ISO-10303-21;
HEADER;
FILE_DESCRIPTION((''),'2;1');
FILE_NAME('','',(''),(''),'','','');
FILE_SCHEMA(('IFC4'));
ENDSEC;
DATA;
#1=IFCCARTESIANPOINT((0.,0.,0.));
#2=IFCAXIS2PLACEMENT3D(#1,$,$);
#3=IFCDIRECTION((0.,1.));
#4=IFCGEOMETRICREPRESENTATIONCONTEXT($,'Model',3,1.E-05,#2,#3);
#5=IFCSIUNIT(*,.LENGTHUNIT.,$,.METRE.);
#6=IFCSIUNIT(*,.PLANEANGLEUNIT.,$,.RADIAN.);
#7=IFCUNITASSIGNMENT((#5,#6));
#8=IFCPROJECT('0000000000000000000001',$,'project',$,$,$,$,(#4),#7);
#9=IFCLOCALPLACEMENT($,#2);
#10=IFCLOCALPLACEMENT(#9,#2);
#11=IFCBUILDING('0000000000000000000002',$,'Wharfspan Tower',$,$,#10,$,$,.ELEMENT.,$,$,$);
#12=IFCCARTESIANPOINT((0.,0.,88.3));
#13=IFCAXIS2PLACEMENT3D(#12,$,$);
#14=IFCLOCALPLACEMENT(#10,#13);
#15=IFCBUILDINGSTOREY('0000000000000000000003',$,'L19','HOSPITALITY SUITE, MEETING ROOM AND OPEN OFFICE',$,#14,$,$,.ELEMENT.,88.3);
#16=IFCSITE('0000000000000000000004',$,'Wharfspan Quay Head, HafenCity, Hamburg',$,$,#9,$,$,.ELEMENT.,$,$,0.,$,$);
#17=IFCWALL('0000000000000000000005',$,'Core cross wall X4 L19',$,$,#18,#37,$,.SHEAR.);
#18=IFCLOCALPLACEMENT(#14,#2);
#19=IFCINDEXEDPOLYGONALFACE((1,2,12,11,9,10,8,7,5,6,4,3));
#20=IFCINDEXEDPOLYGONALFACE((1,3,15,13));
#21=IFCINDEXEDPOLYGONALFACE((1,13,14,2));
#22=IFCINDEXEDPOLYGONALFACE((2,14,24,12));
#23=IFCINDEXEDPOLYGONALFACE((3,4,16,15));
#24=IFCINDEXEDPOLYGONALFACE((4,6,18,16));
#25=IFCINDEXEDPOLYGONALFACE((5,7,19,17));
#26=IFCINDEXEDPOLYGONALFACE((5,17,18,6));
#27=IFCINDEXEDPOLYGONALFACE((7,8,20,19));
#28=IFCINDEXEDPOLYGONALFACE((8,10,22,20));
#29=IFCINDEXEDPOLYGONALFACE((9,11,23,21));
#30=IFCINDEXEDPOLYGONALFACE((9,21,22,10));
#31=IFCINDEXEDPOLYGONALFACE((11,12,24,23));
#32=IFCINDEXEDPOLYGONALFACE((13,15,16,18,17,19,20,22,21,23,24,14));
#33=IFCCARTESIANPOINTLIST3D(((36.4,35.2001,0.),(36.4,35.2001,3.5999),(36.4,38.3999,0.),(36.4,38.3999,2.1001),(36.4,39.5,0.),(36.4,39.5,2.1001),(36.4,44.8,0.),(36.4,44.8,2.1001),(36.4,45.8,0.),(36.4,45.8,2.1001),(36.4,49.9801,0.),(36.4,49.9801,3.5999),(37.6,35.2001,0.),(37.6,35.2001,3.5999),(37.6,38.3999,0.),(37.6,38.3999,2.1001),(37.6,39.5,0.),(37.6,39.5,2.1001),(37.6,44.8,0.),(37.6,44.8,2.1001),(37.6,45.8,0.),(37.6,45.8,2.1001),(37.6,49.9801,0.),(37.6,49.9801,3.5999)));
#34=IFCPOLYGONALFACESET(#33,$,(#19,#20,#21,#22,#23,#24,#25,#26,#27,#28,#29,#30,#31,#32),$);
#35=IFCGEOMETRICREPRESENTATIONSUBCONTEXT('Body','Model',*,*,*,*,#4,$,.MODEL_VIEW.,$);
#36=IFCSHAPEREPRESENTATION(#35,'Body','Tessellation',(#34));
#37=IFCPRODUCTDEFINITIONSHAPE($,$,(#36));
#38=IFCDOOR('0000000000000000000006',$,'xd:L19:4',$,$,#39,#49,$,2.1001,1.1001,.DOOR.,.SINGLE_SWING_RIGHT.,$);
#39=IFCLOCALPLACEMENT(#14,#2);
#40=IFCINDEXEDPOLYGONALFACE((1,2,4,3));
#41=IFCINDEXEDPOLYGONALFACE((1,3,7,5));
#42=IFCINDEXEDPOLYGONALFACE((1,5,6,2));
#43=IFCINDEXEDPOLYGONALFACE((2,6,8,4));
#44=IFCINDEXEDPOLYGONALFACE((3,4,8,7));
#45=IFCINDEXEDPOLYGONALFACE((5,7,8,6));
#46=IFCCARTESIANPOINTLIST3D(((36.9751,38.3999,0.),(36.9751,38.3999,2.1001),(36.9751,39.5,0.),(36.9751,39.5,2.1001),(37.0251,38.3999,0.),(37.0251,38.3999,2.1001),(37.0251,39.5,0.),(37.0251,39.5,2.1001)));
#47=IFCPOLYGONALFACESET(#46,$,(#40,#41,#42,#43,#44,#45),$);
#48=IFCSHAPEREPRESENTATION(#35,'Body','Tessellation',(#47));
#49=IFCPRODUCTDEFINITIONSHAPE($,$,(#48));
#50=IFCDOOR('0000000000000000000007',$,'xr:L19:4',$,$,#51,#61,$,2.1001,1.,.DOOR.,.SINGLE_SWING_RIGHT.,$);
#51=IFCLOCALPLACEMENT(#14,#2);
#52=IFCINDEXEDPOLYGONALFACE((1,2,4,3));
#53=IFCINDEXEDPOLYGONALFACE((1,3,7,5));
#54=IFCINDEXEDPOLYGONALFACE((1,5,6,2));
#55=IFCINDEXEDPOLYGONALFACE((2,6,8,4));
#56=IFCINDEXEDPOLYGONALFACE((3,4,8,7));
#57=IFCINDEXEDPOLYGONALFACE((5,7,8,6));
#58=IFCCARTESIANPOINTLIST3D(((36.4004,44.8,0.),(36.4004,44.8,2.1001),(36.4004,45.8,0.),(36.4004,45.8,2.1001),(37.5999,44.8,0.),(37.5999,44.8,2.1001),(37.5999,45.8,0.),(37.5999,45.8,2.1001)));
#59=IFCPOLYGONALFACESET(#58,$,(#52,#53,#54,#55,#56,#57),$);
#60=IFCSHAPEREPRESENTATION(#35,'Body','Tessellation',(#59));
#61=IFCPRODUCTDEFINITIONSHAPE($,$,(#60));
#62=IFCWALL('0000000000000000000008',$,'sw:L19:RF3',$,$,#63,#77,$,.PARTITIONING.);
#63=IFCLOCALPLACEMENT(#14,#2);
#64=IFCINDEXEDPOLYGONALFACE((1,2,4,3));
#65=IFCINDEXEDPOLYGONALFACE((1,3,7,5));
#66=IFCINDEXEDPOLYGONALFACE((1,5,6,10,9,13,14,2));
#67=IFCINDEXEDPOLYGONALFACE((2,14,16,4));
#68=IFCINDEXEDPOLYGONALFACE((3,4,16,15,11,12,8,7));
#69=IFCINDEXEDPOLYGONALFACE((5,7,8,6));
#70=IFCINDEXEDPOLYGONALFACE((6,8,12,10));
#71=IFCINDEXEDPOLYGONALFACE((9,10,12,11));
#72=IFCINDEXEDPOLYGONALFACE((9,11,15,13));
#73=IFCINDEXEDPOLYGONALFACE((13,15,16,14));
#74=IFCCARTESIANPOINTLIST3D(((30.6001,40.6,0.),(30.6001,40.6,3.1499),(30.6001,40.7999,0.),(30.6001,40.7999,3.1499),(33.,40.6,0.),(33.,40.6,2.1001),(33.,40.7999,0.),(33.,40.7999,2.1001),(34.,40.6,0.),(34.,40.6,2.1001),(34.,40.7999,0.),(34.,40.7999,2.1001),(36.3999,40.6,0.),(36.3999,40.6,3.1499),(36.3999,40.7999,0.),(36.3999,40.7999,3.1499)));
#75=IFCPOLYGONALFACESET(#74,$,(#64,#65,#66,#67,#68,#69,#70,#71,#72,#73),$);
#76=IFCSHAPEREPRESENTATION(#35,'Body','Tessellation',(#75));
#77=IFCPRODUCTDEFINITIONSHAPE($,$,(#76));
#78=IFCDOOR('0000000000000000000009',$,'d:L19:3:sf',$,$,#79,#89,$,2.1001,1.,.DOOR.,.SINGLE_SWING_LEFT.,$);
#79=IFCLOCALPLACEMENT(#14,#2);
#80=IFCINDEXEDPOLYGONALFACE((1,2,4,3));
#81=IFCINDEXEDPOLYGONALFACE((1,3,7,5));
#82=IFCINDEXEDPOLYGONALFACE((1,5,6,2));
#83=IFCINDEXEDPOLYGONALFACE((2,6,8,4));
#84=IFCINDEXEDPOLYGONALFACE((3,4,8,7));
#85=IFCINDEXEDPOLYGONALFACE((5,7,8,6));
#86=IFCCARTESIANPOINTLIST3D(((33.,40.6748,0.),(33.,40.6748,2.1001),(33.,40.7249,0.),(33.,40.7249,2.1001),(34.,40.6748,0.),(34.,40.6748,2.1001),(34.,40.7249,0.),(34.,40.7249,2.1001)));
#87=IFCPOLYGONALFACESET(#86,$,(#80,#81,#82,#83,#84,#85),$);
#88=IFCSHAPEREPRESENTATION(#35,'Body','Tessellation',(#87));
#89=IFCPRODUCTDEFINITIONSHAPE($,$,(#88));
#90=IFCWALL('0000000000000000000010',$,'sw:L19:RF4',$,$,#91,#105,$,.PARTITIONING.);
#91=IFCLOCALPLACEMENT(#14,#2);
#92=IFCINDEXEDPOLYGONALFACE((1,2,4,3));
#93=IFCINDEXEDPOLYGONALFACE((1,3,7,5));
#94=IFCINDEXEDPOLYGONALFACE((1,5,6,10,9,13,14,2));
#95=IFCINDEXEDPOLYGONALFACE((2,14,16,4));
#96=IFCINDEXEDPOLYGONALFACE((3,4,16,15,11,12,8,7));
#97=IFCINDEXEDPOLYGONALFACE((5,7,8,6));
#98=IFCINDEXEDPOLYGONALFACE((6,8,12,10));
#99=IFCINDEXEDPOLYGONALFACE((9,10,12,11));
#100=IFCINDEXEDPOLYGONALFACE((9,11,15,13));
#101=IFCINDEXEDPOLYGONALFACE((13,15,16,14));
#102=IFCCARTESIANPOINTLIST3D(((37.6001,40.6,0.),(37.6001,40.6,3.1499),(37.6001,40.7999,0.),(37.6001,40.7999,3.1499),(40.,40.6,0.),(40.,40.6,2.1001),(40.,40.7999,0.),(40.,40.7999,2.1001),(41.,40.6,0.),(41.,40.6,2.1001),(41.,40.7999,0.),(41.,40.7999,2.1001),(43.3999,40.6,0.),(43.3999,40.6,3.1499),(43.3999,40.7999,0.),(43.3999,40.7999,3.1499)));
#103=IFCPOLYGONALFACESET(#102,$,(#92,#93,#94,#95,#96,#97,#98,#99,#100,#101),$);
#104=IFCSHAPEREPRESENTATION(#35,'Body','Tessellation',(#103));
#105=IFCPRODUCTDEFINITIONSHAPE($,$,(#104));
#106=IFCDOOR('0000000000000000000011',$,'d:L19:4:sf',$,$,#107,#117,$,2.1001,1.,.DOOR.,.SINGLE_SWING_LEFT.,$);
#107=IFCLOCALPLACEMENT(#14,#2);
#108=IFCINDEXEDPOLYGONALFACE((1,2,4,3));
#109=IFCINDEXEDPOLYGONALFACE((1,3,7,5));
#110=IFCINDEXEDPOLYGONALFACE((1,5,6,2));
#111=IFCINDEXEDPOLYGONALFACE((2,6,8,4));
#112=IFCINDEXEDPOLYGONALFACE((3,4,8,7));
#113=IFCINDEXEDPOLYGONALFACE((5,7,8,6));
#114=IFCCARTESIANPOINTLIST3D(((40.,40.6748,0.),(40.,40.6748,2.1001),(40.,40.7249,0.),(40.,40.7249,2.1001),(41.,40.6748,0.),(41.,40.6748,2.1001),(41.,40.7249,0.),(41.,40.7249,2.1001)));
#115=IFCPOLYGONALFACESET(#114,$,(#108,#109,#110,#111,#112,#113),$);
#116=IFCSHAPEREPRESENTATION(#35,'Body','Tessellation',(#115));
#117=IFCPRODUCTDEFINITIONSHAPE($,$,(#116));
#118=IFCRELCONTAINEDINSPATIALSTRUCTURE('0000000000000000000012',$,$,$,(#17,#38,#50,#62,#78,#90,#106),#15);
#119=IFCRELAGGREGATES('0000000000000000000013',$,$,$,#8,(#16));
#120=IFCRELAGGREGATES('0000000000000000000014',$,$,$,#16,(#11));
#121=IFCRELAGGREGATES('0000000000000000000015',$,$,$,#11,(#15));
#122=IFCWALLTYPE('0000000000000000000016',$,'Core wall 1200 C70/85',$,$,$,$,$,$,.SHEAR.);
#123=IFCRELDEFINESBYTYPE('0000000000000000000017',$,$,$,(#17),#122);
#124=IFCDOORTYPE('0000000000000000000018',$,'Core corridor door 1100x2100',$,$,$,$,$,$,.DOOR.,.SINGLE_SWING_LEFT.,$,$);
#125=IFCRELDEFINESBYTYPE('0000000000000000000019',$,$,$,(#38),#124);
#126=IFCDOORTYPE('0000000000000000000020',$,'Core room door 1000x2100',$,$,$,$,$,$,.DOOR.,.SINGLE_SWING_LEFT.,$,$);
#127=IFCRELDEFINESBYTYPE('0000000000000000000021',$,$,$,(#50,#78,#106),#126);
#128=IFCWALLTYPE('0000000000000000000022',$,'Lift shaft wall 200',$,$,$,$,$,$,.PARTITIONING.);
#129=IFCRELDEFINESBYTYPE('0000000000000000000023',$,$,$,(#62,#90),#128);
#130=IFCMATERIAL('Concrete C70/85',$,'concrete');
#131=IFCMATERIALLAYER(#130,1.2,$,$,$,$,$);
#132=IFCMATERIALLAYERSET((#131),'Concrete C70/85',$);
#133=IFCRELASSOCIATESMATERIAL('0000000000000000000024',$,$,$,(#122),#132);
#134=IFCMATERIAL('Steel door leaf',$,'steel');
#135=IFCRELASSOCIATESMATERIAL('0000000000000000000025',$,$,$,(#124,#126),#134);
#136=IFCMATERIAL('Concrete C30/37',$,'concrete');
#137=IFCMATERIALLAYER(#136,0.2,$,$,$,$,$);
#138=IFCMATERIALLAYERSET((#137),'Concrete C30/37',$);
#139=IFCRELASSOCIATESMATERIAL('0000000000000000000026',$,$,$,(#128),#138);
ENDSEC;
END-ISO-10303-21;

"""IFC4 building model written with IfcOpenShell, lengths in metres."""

from ifc_helpers import new_model, si_unit, direction, frame, frame_2d, origin, place, context, subcontext, project, spatial, rectangle, extrude, material, layer, layer_set, type_object, element, fill, save


model = new_model("IFC4")

# Units and contexts
model_context = context("Model", 3, precision=1e-05, world=origin(), true_north=direction((0.0, 1.0)))
body_context = subcontext(model_context, "Body", "Model", "MODEL_VIEW")
ifc_project = project(units=[si_unit("LENGTHUNIT", "METRE"), si_unit("PLANEANGLEUNIT", "RADIAN")], contexts=[model_context])

# Site, building, storey
site_placement = place(None, origin())
site = spatial("IfcSite", under=ifc_project, at=site_placement, Name="Wharfspan Quay Head, HafenCity, Hamburg", CompositionType="ELEMENT", RefElevation=0.0)
building_placement = place(site_placement, origin())
building = spatial("IfcBuilding", under=site, at=building_placement, Name="Wharfspan Tower", CompositionType="ELEMENT")
storey_placement = place(building_placement, frame((0.0, 0.0, 88.3)))
storey = spatial("IfcBuildingStorey", under=building, at=storey_placement, Name="L19", Description="HOSPITALITY SUITE, MEETING ROOM AND OPEN OFFICE", CompositionType="ELEMENT", Elevation=88.3)

# Shared definitions
ifc_material_1 = material(Name="Concrete C70/85", Category="concrete")
ifc_layer_1 = layer(ifc_material_1, 1.2)
ifc_layer_set_1 = layer_set([ifc_layer_1], Name="Concrete C70/85")
wall_type_1 = type_object("IfcWallType", Name="Core wall 1200 C70/85", PredefinedType="SHEAR", material=ifc_layer_set_1)
ifc_material_2 = material(Name="Steel door leaf", Category="steel")
door_type_1 = type_object("IfcDoorType", Name="Core corridor door 1100x2100", OperationType="SINGLE_SWING_LEFT", PredefinedType="DOOR", material=ifc_material_2)

# Wall, openings, doors
wall_1_placement = place(storey_placement, frame((37.0, 35.2, 0.0), z_axis=(0.0, 0.0, 1.0), x_axis=(0.0, 1.0, 0.0)))
wall_1 = element("IfcWall", 1, at=wall_1_placement, inside=storey, type_object=wall_type_1, Name="Core cross wall X4 L19", PredefinedType="SHEAR", context=body_context, shape_type="SweptSolid", body=[
    extrude(rectangle(XDim=14.78, YDim=1.2, at=frame_2d((7.3901, 0.0))), origin(), (0.0, 0.0, 1.0), 3.5999),
])
opening_1_placement = place(wall_1_placement, frame((3.2, 0.0, 0.0)))
opening_1 = element("IfcOpeningElement", 2, at=opening_1_placement, cuts=wall_1, PredefinedType="OPENING", context=body_context, shape_type="SweptSolid", body=[
    extrude(rectangle(XDim=1.1001, YDim=2.1001, at=frame_2d((0.55, 1.05))), frame((0.0, 0.6099, 0.0), z_axis=(0.0, -1.0, 0.0), x_axis=(1.0, 0.0, 0.0)), (0.0, 0.0, 1.0), 1.22),
])
opening_2_placement = place(wall_1_placement, frame((9.6001, 0.0, 0.0)))
opening_2 = element("IfcOpeningElement", 3, at=opening_2_placement, cuts=wall_1, PredefinedType="OPENING", context=body_context, shape_type="SweptSolid", body=[
    extrude(rectangle(XDim=1.0, YDim=2.1001, at=frame_2d((0.5, 1.05))), frame((0.0, 0.6099, 0.0), z_axis=(0.0, -1.0, 0.0), x_axis=(1.0, 0.0, 0.0)), (0.0, 0.0, 1.0), 1.22),
])
door_1_placement = place(opening_1_placement, origin())
door_1 = element("IfcDoor", 4, at=door_1_placement, inside=storey, type_object=door_type_1, Name="xd:L19:4", OperationType="SINGLE_SWING_RIGHT", OverallHeight=2.1001, OverallWidth=1.1001, PredefinedType="DOOR", context=body_context, shape_type="SweptSolid", body=[
    extrude(rectangle(XDim=1.1001, YDim=2.1001, at=frame_2d((0.55, 1.05))), frame((0.0, 0.0249, 0.0), z_axis=(0.0, -1.0, 0.0), x_axis=(1.0, 0.0, 0.0)), (0.0, 0.0, 1.0), 0.05),
])
fill(opening_1, door_1)
door_type_2 = type_object("IfcDoorType", Name="Core room door 1000x2100", OperationType="SINGLE_SWING_LEFT", PredefinedType="DOOR", material=ifc_material_2)
door_2_placement = place(opening_2_placement, origin())
door_2 = element("IfcDoor", 5, at=door_2_placement, inside=storey, type_object=door_type_2, Name="xr:L19:4", OperationType="SINGLE_SWING_RIGHT", OverallHeight=2.1001, OverallWidth=1.0, PredefinedType="DOOR", context=body_context, shape_type="SweptSolid", body=[
    extrude(rectangle(XDim=1.0, YDim=2.1001, at=frame_2d((0.5, 1.05))), frame((0.0, 0.5996, 0.0), z_axis=(0.0, -1.0, 0.0), x_axis=(1.0, 0.0, 0.0)), (0.0, 0.0, 1.0), 1.1995),
])
fill(opening_2, door_2)

# Walls, openings, doors
ifc_material_3 = material(Name="Concrete C30/37", Category="concrete")
ifc_layer_2 = layer(ifc_material_3, 0.2)
ifc_layer_set_2 = layer_set([ifc_layer_2], Name="Concrete C30/37")
wall_type_2 = type_object("IfcWallType", Name="Lift shaft wall 200", PredefinedType="PARTITIONING", material=ifc_layer_set_2)
wall_2_placement = place(storey_placement, frame((30.6001, 40.7, 0.0), z_axis=(0.0, 0.0, 1.0), x_axis=(1.0, 0.0, 0.0)))
wall_2 = element("IfcWall", 6, at=wall_2_placement, inside=storey, type_object=wall_type_2, Name="sw:L19:RF3", PredefinedType="PARTITIONING", context=body_context, shape_type="SweptSolid", body=[
    extrude(rectangle(XDim=5.7998, YDim=0.2, at=frame_2d((2.8999, 0.0))), origin(), (0.0, 0.0, 1.0), 3.1499),
])
opening_3_placement = place(wall_2_placement, frame((2.3999, 0.0, 0.0)))
opening_3 = element("IfcOpeningElement", 7, at=opening_3_placement, cuts=wall_2, PredefinedType="OPENING", context=body_context, shape_type="SweptSolid", body=[
    extrude(rectangle(XDim=1.0, YDim=2.1001, at=frame_2d((0.5, 1.05))), frame((0.0, 0.1099, 0.0), z_axis=(0.0, -1.0, 0.0), x_axis=(1.0, 0.0, 0.0)), (0.0, 0.0, 1.0), 0.22),
])
door_3_placement = place(opening_3_placement, origin())
door_3 = element("IfcDoor", 8, at=door_3_placement, inside=storey, type_object=door_type_2, Name="d:L19:3:sf", OperationType="SINGLE_SWING_LEFT", OverallHeight=2.1001, OverallWidth=1.0, PredefinedType="DOOR", context=body_context, shape_type="SweptSolid", body=[
    extrude(rectangle(XDim=1.0, YDim=2.1001, at=frame_2d((0.5, 1.05))), frame((0.0, 0.0249, 0.0), z_axis=(0.0, -1.0, 0.0), x_axis=(1.0, 0.0, 0.0)), (0.0, 0.0, 1.0), 0.05),
])
fill(opening_3, door_3)
wall_3_placement = place(storey_placement, frame((37.6001, 40.7, 0.0), z_axis=(0.0, 0.0, 1.0), x_axis=(1.0, 0.0, 0.0)))
wall_3 = element("IfcWall", 9, at=wall_3_placement, inside=storey, type_object=wall_type_2, Name="sw:L19:RF4", PredefinedType="PARTITIONING", context=body_context, shape_type="SweptSolid", body=[
    extrude(rectangle(XDim=5.7998, YDim=0.2, at=frame_2d((2.8999, 0.0))), origin(), (0.0, 0.0, 1.0), 3.1499),
])
opening_4_placement = place(wall_3_placement, frame((2.3999, 0.0, 0.0)))
opening_4 = element("IfcOpeningElement", 10, at=opening_4_placement, cuts=wall_3, PredefinedType="OPENING", context=body_context, shape_type="SweptSolid", body=[
    extrude(rectangle(XDim=1.0, YDim=2.1001, at=frame_2d((0.5, 1.05))), frame((0.0, 0.1099, 0.0), z_axis=(0.0, -1.0, 0.0), x_axis=(1.0, 0.0, 0.0)), (0.0, 0.0, 1.0), 0.22),
])
door_4_placement = place(opening_4_placement, origin())
door_4 = element("IfcDoor", 11, at=door_4_placement, inside=storey, type_object=door_type_2, Name="d:L19:4:sf", OperationType="SINGLE_SWING_LEFT", OverallHeight=2.1001, OverallWidth=1.0, PredefinedType="DOOR", context=body_context, shape_type="SweptSolid", body=[
    extrude(rectangle(XDim=1.0, YDim=2.1001, at=frame_2d((0.5, 1.05))), frame((0.0, 0.0249, 0.0), z_axis=(0.0, -1.0, 0.0), x_axis=(1.0, 0.0, 0.0)), (0.0, 0.0, 1.0), 0.05),
])
fill(opening_4, door_4)

save(model, "model.ifc")
